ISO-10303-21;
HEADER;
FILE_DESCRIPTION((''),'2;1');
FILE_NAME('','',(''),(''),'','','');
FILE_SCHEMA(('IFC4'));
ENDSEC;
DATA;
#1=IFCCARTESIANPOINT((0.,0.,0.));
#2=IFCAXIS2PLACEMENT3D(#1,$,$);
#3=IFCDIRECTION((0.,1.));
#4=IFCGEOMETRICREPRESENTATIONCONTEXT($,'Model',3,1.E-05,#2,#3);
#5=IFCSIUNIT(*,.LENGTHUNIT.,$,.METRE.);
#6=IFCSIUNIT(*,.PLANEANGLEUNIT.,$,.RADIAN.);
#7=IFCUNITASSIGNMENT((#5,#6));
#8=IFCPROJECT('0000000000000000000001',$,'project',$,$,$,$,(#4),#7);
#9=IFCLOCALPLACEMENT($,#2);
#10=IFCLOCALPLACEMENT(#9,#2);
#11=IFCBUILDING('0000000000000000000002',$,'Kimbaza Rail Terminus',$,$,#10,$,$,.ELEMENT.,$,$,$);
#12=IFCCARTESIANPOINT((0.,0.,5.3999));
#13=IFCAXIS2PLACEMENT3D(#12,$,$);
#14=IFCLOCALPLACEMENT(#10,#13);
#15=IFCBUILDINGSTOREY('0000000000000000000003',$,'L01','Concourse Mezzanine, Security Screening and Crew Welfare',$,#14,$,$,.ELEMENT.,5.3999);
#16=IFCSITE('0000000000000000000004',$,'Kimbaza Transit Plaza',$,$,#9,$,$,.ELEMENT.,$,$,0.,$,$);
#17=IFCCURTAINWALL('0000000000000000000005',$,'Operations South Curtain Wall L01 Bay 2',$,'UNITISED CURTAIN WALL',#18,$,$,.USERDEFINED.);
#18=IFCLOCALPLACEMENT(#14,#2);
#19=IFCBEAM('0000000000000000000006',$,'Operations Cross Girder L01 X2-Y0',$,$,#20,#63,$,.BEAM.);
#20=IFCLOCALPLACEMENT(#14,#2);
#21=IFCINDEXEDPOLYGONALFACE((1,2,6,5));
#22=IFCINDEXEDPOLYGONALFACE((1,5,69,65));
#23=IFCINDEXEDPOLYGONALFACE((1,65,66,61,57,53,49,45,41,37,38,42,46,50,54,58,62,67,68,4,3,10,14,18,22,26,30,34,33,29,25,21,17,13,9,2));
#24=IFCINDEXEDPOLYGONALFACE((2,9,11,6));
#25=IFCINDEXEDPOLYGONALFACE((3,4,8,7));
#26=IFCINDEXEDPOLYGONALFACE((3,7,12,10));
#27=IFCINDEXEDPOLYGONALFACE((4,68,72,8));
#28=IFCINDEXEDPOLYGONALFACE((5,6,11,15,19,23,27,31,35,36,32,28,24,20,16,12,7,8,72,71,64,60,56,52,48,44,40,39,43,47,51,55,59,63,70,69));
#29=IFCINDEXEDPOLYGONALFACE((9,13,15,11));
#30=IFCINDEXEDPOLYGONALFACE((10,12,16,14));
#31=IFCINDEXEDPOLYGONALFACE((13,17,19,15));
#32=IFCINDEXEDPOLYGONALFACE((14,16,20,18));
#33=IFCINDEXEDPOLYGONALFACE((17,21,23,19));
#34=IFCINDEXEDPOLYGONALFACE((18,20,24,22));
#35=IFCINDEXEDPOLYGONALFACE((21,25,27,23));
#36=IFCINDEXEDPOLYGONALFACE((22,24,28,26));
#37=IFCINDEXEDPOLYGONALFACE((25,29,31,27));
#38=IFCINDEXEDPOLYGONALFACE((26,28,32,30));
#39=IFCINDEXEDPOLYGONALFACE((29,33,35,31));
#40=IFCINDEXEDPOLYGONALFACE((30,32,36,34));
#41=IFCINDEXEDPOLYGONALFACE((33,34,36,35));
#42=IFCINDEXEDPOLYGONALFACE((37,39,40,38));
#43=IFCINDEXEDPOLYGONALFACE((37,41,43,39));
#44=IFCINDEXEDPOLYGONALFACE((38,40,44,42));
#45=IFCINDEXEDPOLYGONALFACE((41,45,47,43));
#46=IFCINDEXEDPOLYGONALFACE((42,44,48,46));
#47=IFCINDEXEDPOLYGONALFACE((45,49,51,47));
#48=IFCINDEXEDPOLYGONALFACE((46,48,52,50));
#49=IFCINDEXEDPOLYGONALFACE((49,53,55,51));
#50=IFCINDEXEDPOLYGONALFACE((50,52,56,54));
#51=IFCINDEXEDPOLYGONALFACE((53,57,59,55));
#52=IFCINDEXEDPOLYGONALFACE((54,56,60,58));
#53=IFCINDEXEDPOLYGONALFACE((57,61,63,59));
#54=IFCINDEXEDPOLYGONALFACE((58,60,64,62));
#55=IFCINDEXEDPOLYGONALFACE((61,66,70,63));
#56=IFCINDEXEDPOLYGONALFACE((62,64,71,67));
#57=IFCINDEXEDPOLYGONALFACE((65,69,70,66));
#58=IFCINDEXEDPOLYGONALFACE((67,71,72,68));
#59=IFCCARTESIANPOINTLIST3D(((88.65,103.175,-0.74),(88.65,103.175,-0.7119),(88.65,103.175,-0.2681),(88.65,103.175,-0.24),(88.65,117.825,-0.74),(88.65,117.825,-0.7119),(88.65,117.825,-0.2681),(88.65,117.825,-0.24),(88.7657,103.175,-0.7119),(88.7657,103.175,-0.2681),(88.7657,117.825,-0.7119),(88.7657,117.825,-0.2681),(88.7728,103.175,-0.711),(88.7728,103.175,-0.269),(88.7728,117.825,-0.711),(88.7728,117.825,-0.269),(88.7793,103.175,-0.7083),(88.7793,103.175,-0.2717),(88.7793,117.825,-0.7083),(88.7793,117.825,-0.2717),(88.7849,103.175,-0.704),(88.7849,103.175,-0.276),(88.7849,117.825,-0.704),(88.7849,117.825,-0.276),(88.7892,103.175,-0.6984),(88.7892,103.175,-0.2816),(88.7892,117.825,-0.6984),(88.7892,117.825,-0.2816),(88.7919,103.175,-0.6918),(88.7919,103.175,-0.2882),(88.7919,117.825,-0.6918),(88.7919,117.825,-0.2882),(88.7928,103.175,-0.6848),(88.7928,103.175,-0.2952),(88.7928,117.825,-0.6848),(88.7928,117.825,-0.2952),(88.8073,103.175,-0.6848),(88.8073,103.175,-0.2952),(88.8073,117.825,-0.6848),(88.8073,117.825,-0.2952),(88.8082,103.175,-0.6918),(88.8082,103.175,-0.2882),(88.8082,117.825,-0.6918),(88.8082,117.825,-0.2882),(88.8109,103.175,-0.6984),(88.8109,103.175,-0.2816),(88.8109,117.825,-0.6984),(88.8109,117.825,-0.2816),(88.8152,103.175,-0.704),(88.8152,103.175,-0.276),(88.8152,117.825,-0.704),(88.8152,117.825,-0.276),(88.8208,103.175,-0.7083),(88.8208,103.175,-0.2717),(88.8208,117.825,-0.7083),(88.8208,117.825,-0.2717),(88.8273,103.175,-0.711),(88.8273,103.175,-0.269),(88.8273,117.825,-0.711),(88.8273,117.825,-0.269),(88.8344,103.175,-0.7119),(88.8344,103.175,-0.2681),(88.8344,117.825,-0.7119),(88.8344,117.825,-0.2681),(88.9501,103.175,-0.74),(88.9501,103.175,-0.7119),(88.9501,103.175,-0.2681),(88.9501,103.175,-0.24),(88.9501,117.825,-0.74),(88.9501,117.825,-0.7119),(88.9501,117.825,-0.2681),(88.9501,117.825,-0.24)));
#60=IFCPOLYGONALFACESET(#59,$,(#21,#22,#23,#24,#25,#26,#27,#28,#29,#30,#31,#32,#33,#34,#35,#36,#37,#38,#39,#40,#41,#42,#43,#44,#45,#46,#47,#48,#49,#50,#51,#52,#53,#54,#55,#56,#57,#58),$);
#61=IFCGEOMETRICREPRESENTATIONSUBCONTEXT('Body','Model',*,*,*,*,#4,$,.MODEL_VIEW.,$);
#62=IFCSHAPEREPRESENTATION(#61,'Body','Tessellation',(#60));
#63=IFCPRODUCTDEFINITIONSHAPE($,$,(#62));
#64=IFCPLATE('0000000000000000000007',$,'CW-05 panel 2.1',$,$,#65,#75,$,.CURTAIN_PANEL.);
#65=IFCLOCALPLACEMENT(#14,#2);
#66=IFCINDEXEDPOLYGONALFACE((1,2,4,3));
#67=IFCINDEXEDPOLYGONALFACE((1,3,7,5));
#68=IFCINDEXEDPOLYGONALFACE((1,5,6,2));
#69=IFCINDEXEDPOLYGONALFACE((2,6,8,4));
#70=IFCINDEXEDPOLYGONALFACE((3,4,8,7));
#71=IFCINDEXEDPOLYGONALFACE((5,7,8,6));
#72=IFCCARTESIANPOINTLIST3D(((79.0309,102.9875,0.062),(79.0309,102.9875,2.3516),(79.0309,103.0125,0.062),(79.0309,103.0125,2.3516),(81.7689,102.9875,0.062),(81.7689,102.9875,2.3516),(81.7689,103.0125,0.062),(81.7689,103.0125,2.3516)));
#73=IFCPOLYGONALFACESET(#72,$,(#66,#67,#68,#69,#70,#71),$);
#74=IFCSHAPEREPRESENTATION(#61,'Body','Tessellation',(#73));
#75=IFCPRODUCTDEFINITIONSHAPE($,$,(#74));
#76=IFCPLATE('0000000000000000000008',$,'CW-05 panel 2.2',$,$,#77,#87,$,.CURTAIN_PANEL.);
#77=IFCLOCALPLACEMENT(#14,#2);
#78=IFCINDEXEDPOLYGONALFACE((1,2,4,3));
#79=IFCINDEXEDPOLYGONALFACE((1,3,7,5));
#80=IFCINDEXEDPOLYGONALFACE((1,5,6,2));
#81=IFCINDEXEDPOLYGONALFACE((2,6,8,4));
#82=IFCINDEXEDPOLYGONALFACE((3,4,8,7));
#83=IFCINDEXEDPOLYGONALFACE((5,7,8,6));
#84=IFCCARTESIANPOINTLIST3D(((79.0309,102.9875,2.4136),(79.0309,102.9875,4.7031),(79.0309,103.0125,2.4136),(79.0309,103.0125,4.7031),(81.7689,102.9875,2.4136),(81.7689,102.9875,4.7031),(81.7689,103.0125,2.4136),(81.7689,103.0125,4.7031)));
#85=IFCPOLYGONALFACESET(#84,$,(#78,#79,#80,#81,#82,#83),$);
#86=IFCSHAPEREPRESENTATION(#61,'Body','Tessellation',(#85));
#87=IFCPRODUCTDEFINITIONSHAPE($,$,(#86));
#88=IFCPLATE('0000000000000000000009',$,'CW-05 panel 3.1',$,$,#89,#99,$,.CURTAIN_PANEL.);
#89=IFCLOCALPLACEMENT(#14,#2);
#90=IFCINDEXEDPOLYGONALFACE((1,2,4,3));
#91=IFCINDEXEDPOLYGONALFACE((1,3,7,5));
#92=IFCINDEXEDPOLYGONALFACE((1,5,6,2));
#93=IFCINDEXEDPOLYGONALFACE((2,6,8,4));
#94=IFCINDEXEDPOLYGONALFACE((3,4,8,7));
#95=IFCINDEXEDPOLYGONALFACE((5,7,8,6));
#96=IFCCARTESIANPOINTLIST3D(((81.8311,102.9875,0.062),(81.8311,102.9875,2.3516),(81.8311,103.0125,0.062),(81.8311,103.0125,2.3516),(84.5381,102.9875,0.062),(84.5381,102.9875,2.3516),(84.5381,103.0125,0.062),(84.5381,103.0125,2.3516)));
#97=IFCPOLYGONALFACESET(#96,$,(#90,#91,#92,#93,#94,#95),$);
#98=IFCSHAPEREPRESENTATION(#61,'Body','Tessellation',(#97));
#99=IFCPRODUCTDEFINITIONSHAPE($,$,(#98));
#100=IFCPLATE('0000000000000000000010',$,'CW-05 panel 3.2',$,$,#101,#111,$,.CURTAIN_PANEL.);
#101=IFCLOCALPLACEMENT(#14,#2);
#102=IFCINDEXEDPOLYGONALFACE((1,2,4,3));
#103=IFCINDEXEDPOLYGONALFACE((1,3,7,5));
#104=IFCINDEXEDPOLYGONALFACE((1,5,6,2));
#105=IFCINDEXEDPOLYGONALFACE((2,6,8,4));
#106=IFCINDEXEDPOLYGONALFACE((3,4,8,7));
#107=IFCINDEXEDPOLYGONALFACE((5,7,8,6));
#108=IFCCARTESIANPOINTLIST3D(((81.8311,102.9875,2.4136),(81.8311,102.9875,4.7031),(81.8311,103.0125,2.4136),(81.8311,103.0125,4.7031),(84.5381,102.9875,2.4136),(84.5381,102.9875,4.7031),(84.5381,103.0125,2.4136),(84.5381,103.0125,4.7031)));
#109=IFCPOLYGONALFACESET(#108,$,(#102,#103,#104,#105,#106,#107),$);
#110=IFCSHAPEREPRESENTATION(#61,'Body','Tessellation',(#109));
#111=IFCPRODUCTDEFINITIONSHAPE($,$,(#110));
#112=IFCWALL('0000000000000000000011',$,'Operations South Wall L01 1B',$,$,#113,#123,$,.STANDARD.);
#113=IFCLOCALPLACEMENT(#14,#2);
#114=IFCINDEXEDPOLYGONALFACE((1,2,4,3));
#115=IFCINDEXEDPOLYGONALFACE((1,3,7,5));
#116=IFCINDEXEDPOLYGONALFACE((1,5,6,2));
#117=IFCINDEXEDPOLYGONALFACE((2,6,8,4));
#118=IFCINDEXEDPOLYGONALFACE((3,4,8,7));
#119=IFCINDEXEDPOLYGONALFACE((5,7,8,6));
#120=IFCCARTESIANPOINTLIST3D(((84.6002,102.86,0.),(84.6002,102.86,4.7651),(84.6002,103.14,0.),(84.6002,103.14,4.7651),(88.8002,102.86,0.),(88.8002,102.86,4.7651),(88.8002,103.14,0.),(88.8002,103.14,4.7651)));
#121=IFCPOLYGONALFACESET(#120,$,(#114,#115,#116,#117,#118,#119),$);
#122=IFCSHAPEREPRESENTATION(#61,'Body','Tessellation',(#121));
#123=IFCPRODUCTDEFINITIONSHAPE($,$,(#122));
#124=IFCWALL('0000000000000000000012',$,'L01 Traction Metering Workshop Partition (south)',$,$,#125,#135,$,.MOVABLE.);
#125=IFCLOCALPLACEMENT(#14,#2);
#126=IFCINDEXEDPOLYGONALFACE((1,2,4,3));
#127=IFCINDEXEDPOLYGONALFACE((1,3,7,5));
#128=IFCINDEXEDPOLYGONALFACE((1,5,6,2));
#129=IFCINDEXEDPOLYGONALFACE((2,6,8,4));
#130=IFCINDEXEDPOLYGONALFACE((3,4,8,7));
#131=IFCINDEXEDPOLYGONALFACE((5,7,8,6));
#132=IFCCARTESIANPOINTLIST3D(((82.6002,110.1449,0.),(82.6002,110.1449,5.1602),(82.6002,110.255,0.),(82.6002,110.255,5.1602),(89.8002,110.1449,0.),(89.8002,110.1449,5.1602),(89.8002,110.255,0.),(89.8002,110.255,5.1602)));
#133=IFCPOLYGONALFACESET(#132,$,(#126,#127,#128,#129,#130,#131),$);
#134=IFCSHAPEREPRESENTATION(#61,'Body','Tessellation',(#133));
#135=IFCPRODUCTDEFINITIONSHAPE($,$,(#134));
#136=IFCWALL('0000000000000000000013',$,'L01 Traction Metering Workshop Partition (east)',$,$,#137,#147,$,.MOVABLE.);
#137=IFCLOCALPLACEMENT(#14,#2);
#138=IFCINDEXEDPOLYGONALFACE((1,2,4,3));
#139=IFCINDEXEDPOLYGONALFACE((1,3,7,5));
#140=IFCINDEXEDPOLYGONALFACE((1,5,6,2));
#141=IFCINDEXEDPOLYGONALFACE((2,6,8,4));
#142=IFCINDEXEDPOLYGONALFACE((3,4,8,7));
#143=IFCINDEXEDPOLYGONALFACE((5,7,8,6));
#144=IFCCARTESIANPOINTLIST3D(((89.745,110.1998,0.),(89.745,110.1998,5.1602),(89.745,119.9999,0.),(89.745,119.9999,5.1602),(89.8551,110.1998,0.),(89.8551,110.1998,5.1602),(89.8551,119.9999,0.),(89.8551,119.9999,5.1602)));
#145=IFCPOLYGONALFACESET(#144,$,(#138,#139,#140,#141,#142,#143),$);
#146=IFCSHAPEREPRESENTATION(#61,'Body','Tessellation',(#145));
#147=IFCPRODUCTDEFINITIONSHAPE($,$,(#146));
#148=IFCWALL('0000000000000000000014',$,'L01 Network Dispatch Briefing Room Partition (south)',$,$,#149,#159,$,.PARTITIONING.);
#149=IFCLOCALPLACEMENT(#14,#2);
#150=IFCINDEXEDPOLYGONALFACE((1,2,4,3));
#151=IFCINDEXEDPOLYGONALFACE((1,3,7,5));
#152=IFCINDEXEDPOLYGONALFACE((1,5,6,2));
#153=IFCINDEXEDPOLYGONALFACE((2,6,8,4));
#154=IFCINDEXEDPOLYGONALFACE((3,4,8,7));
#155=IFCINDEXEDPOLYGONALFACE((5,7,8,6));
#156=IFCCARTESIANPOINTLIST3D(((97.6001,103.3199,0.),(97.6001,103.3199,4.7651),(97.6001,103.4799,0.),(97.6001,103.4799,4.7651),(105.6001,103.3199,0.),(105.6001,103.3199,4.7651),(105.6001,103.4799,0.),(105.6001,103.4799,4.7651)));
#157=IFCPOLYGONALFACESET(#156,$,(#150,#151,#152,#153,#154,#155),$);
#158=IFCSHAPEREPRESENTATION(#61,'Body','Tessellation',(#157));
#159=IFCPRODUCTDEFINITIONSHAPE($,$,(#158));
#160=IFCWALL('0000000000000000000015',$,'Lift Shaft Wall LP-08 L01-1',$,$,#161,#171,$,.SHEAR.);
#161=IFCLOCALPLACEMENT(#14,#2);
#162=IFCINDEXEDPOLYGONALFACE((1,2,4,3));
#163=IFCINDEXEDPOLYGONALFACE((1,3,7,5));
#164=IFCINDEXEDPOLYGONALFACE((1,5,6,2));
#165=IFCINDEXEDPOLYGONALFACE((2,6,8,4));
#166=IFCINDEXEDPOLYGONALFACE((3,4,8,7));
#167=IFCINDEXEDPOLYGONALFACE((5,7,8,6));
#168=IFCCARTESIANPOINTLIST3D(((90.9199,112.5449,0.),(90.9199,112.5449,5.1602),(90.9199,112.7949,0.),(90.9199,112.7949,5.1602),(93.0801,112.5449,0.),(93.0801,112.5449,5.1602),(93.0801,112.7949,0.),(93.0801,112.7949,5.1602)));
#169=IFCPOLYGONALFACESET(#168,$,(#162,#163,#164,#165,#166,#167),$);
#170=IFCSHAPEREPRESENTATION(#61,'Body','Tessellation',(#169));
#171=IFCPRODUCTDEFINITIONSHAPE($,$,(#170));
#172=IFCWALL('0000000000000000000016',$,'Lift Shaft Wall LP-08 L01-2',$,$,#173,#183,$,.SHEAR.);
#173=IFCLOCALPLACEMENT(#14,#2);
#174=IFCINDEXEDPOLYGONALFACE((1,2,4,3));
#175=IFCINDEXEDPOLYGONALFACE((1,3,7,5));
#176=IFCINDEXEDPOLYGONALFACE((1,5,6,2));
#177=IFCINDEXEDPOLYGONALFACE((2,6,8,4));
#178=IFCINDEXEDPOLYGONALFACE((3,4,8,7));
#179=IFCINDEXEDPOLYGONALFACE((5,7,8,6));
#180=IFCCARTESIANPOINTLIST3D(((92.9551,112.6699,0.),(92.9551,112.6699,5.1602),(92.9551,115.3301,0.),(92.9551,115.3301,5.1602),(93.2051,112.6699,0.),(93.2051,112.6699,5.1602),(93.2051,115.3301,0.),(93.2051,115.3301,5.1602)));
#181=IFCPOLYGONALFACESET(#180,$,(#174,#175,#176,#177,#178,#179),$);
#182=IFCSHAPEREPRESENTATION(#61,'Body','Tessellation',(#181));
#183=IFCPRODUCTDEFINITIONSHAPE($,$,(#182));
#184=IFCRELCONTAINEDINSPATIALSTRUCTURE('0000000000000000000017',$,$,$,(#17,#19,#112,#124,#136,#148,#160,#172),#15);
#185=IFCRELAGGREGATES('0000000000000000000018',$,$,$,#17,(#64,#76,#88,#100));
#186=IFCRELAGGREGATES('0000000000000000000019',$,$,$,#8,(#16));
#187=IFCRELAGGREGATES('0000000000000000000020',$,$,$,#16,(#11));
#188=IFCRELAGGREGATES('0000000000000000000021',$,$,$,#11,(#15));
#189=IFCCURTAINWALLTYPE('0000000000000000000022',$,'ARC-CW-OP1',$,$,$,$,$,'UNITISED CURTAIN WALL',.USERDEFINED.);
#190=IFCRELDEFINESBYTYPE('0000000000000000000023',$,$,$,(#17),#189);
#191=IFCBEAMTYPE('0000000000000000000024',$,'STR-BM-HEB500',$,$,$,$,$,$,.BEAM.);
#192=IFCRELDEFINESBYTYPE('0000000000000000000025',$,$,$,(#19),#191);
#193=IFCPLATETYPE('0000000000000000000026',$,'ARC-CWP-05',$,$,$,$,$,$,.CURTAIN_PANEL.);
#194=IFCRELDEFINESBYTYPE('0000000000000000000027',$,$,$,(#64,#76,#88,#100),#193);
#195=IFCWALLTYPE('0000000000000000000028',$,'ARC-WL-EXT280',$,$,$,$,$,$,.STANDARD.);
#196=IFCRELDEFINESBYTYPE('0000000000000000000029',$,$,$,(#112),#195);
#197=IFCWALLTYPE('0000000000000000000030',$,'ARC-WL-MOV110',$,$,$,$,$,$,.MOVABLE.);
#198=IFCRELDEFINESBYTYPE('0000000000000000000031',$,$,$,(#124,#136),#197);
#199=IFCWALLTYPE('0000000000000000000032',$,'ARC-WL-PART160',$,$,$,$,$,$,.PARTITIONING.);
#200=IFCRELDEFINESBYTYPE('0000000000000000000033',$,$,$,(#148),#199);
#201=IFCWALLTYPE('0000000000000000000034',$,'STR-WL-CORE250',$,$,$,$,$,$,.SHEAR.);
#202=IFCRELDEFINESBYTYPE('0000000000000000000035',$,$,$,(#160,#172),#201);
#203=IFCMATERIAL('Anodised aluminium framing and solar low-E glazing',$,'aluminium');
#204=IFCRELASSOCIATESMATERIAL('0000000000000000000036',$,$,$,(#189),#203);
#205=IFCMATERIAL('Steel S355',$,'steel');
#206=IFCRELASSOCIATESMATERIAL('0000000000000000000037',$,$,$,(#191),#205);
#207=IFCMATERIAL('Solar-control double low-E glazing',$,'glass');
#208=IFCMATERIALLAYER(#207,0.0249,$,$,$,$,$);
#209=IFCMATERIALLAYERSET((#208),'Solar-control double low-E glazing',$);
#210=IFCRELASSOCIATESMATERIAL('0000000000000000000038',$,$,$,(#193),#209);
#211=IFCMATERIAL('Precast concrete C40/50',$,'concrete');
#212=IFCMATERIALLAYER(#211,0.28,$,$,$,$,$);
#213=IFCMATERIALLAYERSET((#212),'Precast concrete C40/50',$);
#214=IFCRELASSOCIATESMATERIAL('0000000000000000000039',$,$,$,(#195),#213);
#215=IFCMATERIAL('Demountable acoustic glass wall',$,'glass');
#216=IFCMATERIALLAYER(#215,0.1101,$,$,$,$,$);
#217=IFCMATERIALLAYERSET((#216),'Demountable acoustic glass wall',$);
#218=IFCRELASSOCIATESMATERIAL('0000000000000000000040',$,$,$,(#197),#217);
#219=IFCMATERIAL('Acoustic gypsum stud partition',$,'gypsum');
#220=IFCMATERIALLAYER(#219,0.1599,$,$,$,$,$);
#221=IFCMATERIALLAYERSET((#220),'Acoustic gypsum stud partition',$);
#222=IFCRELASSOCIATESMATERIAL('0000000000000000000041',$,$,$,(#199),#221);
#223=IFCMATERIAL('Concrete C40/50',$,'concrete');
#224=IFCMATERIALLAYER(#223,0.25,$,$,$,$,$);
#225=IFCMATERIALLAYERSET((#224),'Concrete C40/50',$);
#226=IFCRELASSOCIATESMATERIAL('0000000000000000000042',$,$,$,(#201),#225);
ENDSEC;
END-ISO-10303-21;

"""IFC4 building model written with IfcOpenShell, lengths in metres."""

from ifc_helpers import new_model, si_unit, direction, frame, frame_2d, origin, origin_2d, place, context, subcontext, project, spatial, rectangle, i_section, extrude, material, layer, layer_set, material_profile, profile_set, type_object, element, aggregate, save


model = new_model("IFC4")

# Units and contexts
model_context = context("Model", 3, precision=1e-05, world=origin(), true_north=direction((0.0, 1.0)))
body_context = subcontext(model_context, "Body", "Model", "MODEL_VIEW")
ifc_project = project(units=[si_unit("LENGTHUNIT", "METRE"), si_unit("PLANEANGLEUNIT", "RADIAN")], contexts=[model_context])

# Site, building, storey
site_placement = place(None, origin())
site = spatial("IfcSite", under=ifc_project, at=site_placement, Name="Kimbaza Transit Plaza", CompositionType="ELEMENT", RefElevation=0.0)
building_placement = place(site_placement, origin())
building = spatial("IfcBuilding", under=site, at=building_placement, Name="Kimbaza Rail Terminus", CompositionType="ELEMENT")
storey_placement = place(building_placement, frame((0.0, 0.0, 5.3999)))
storey = spatial("IfcBuildingStorey", under=building, at=storey_placement, Name="L01", Description="Concourse Mezzanine, Security Screening and Crew Welfare", CompositionType="ELEMENT", Elevation=5.3999)

# Curtain wall
ifc_material_1 = material(Name="Anodised aluminium framing and solar low-E glazing", Category="aluminium")
curtain_wall_type = type_object("IfcCurtainWallType", Name="ARC-CW-OP1", ElementType="UNITISED CURTAIN WALL", PredefinedType="USERDEFINED", material=ifc_material_1)
curtain_wall_placement = place(storey_placement, origin())
curtain_wall = element("IfcCurtainWall", 1, at=curtain_wall_placement, inside=storey, type_object=curtain_wall_type, Name="Operations South Curtain Wall L01 Bay 2", ObjectType="UNITISED CURTAIN WALL", PredefinedType="USERDEFINED")

# Beam
ifc_material_2 = material(Name="Steel S355", Category="steel")
ifc_material_profile_1 = material_profile(ifc_material_2, i_section(OverallWidth=0.3, OverallDepth=0.5, WebThickness=0.0144, FlangeThickness=0.0281, FilletRadius=0.0271, at=origin_2d()), Name="HEB 500")
ifc_profile_set_1 = profile_set([ifc_material_profile_1], Name="Steel S355")
beam_type_1 = type_object("IfcBeamType", Name="STR-BM-HEB500", PredefinedType="BEAM", material=ifc_profile_set_1)
beam_1_placement = place(storey_placement, frame((88.8, 103.175, -0.49), z_axis=(0.0, 1.0, 0.0), x_axis=(-1.0, 0.0, 0.0)))
element("IfcBeam", 2, at=beam_1_placement, inside=storey, type_object=beam_type_1, Name="Operations Cross Girder L01 X2-Y0", PredefinedType="BEAM", context=body_context, shape_type="SweptSolid", body=[
    extrude(i_section(OverallWidth=0.3, OverallDepth=0.5, WebThickness=0.0144, FlangeThickness=0.0281, FilletRadius=0.0271, at=origin_2d()), origin(), (0.0, 0.0, 1.0), 14.6499),
])

# Plates
ifc_material_3 = material(Name="Solar-control double low-E glazing", Category="glass")
ifc_layer_1 = layer(ifc_material_3, 0.0249)
ifc_layer_set_1 = layer_set([ifc_layer_1], Name="Solar-control double low-E glazing")
plate_type = type_object("IfcPlateType", Name="ARC-CWP-05", PredefinedType="CURTAIN_PANEL", material=ifc_layer_set_1)
plate_1_placement = place(storey_placement, frame((80.3999, 103.0, 0.062), z_axis=(0.0, 0.0, 1.0), x_axis=(1.0, 0.0, 0.0)))
plate_1 = element("IfcPlate", 3, at=plate_1_placement, type_object=plate_type, Name="CW-05 panel 2.1", PredefinedType="CURTAIN_PANEL", context=body_context, shape_type="SweptSolid", body=[
    extrude(rectangle(XDim=2.738, YDim=0.0249, at=origin_2d()), origin(), (0.0, 0.0, 1.0), 2.2896),
])
plate_2_placement = place(storey_placement, frame((80.3999, 103.0, 2.4136), z_axis=(0.0, 0.0, 1.0), x_axis=(1.0, 0.0, 0.0)))
plate_2 = element("IfcPlate", 4, at=plate_2_placement, type_object=plate_type, Name="CW-05 panel 2.2", PredefinedType="CURTAIN_PANEL", context=body_context, shape_type="SweptSolid", body=[
    extrude(rectangle(XDim=2.738, YDim=0.0249, at=origin_2d()), origin(), (0.0, 0.0, 1.0), 2.2896),
])
plate_3_placement = place(storey_placement, frame((83.1846, 103.0, 0.062), z_axis=(0.0, 0.0, 1.0), x_axis=(1.0, 0.0, 0.0)))
plate_3 = element("IfcPlate", 5, at=plate_3_placement, type_object=plate_type, Name="CW-05 panel 3.1", PredefinedType="CURTAIN_PANEL", context=body_context, shape_type="SweptSolid", body=[
    extrude(rectangle(XDim=2.707, YDim=0.0249, at=origin_2d()), origin(), (0.0, 0.0, 1.0), 2.2896),
])
plate_4_placement = place(storey_placement, frame((83.1846, 103.0, 2.4136), z_axis=(0.0, 0.0, 1.0), x_axis=(1.0, 0.0, 0.0)))
plate_4 = element("IfcPlate", 6, at=plate_4_placement, type_object=plate_type, Name="CW-05 panel 3.2", PredefinedType="CURTAIN_PANEL", context=body_context, shape_type="SweptSolid", body=[
    extrude(rectangle(XDim=2.707, YDim=0.0249, at=origin_2d()), origin(), (0.0, 0.0, 1.0), 2.2896),
])
aggregate(curtain_wall, [plate_1, plate_2, plate_3, plate_4])

# Walls
ifc_material_4 = material(Name="Precast concrete C40/50", Category="concrete")
ifc_layer_2 = layer(ifc_material_4, 0.28)
ifc_layer_set_2 = layer_set([ifc_layer_2], Name="Precast concrete C40/50")
wall_type_1 = type_object("IfcWallType", Name="ARC-WL-EXT280", PredefinedType="STANDARD", material=ifc_layer_set_2)
wall_1_placement = place(storey_placement, frame((84.6001, 103.0, 0.0), z_axis=(0.0, 0.0, 1.0), x_axis=(1.0, 0.0, 0.0)))
element("IfcWall", 7, at=wall_1_placement, inside=storey, type_object=wall_type_1, Name="Operations South Wall L01 1B", PredefinedType="STANDARD", context=body_context, shape_type="SweptSolid", body=[
    extrude(rectangle(XDim=4.2, YDim=0.28, at=frame_2d((2.1001, 0.0))), origin(), (0.0, 0.0, 1.0), 4.7651),
])
ifc_material_5 = material(Name="Demountable acoustic glass wall", Category="glass")
ifc_layer_3 = layer(ifc_material_5, 0.1101)
ifc_layer_set_3 = layer_set([ifc_layer_3], Name="Demountable acoustic glass wall")
wall_type_2 = type_object("IfcWallType", Name="ARC-WL-MOV110", PredefinedType="MOVABLE", material=ifc_layer_set_3)
wall_2_placement = place(storey_placement, frame((82.6001, 110.2, 0.0), z_axis=(0.0, 0.0, 1.0), x_axis=(1.0, 0.0, 0.0)))
element("IfcWall", 8, at=wall_2_placement, inside=storey, type_object=wall_type_2, Name="L01 Traction Metering Workshop Partition (south)", PredefinedType="MOVABLE", context=body_context, shape_type="SweptSolid", body=[
    extrude(rectangle(XDim=7.2, YDim=0.1101, at=frame_2d((3.6001, 0.0))), origin(), (0.0, 0.0, 1.0), 5.1602),
])
wall_3_placement = place(storey_placement, frame((89.8, 110.2, 0.0), z_axis=(0.0, 0.0, 1.0), x_axis=(0.0, 1.0, 0.0)))
element("IfcWall", 9, at=wall_3_placement, inside=storey, type_object=wall_type_2, Name="L01 Traction Metering Workshop Partition (east)", PredefinedType="MOVABLE", context=body_context, shape_type="SweptSolid", body=[
    extrude(rectangle(XDim=9.8, YDim=0.1101, at=frame_2d((4.8999, 0.0))), origin(), (0.0, 0.0, 1.0), 5.1602),
])
ifc_material_6 = material(Name="Acoustic gypsum stud partition", Category="gypsum")
ifc_layer_4 = layer(ifc_material_6, 0.1599)
ifc_layer_set_4 = layer_set([ifc_layer_4], Name="Acoustic gypsum stud partition")
wall_type_3 = type_object("IfcWallType", Name="ARC-WL-PART160", PredefinedType="PARTITIONING", material=ifc_layer_set_4)
wall_4_placement = place(storey_placement, frame((97.6001, 103.3999, 0.0), z_axis=(0.0, 0.0, 1.0), x_axis=(1.0, 0.0, 0.0)))
element("IfcWall", 10, at=wall_4_placement, inside=storey, type_object=wall_type_3, Name="L01 Network Dispatch Briefing Room Partition (south)", PredefinedType="PARTITIONING", context=body_context, shape_type="SweptSolid", body=[
    extrude(rectangle(XDim=8.0, YDim=0.1599, at=frame_2d((4.0, 0.0))), origin(), (0.0, 0.0, 1.0), 4.7651),
])
ifc_material_7 = material(Name="Concrete C40/50", Category="concrete")
ifc_layer_5 = layer(ifc_material_7, 0.25)
ifc_layer_set_5 = layer_set([ifc_layer_5], Name="Concrete C40/50")
wall_type_4 = type_object("IfcWallType", Name="STR-WL-CORE250", PredefinedType="SHEAR", material=ifc_layer_set_5)
wall_5_placement = place(storey_placement, frame((90.9199, 112.6699, 0.0), z_axis=(0.0, 0.0, 1.0), x_axis=(1.0, 0.0, 0.0)))
element("IfcWall", 11, at=wall_5_placement, inside=storey, type_object=wall_type_4, Name="Lift Shaft Wall LP-08 L01-1", PredefinedType="SHEAR", context=body_context, shape_type="SweptSolid", body=[
    extrude(rectangle(XDim=2.1602, YDim=0.25, at=frame_2d((1.0801, 0.0))), origin(), (0.0, 0.0, 1.0), 5.1602),
])
wall_6_placement = place(storey_placement, frame((93.0801, 112.6699, 0.0), z_axis=(0.0, 0.0, 1.0), x_axis=(0.0, 1.0, 0.0)))
element("IfcWall", 12, at=wall_6_placement, inside=storey, type_object=wall_type_4, Name="Lift Shaft Wall LP-08 L01-2", PredefinedType="SHEAR", context=body_context, shape_type="SweptSolid", body=[
    extrude(rectangle(XDim=2.6602, YDim=0.25, at=frame_2d((1.3301, 0.0))), origin(), (0.0, 0.0, 1.0), 5.1602),
])

save(model, "model.ifc")
